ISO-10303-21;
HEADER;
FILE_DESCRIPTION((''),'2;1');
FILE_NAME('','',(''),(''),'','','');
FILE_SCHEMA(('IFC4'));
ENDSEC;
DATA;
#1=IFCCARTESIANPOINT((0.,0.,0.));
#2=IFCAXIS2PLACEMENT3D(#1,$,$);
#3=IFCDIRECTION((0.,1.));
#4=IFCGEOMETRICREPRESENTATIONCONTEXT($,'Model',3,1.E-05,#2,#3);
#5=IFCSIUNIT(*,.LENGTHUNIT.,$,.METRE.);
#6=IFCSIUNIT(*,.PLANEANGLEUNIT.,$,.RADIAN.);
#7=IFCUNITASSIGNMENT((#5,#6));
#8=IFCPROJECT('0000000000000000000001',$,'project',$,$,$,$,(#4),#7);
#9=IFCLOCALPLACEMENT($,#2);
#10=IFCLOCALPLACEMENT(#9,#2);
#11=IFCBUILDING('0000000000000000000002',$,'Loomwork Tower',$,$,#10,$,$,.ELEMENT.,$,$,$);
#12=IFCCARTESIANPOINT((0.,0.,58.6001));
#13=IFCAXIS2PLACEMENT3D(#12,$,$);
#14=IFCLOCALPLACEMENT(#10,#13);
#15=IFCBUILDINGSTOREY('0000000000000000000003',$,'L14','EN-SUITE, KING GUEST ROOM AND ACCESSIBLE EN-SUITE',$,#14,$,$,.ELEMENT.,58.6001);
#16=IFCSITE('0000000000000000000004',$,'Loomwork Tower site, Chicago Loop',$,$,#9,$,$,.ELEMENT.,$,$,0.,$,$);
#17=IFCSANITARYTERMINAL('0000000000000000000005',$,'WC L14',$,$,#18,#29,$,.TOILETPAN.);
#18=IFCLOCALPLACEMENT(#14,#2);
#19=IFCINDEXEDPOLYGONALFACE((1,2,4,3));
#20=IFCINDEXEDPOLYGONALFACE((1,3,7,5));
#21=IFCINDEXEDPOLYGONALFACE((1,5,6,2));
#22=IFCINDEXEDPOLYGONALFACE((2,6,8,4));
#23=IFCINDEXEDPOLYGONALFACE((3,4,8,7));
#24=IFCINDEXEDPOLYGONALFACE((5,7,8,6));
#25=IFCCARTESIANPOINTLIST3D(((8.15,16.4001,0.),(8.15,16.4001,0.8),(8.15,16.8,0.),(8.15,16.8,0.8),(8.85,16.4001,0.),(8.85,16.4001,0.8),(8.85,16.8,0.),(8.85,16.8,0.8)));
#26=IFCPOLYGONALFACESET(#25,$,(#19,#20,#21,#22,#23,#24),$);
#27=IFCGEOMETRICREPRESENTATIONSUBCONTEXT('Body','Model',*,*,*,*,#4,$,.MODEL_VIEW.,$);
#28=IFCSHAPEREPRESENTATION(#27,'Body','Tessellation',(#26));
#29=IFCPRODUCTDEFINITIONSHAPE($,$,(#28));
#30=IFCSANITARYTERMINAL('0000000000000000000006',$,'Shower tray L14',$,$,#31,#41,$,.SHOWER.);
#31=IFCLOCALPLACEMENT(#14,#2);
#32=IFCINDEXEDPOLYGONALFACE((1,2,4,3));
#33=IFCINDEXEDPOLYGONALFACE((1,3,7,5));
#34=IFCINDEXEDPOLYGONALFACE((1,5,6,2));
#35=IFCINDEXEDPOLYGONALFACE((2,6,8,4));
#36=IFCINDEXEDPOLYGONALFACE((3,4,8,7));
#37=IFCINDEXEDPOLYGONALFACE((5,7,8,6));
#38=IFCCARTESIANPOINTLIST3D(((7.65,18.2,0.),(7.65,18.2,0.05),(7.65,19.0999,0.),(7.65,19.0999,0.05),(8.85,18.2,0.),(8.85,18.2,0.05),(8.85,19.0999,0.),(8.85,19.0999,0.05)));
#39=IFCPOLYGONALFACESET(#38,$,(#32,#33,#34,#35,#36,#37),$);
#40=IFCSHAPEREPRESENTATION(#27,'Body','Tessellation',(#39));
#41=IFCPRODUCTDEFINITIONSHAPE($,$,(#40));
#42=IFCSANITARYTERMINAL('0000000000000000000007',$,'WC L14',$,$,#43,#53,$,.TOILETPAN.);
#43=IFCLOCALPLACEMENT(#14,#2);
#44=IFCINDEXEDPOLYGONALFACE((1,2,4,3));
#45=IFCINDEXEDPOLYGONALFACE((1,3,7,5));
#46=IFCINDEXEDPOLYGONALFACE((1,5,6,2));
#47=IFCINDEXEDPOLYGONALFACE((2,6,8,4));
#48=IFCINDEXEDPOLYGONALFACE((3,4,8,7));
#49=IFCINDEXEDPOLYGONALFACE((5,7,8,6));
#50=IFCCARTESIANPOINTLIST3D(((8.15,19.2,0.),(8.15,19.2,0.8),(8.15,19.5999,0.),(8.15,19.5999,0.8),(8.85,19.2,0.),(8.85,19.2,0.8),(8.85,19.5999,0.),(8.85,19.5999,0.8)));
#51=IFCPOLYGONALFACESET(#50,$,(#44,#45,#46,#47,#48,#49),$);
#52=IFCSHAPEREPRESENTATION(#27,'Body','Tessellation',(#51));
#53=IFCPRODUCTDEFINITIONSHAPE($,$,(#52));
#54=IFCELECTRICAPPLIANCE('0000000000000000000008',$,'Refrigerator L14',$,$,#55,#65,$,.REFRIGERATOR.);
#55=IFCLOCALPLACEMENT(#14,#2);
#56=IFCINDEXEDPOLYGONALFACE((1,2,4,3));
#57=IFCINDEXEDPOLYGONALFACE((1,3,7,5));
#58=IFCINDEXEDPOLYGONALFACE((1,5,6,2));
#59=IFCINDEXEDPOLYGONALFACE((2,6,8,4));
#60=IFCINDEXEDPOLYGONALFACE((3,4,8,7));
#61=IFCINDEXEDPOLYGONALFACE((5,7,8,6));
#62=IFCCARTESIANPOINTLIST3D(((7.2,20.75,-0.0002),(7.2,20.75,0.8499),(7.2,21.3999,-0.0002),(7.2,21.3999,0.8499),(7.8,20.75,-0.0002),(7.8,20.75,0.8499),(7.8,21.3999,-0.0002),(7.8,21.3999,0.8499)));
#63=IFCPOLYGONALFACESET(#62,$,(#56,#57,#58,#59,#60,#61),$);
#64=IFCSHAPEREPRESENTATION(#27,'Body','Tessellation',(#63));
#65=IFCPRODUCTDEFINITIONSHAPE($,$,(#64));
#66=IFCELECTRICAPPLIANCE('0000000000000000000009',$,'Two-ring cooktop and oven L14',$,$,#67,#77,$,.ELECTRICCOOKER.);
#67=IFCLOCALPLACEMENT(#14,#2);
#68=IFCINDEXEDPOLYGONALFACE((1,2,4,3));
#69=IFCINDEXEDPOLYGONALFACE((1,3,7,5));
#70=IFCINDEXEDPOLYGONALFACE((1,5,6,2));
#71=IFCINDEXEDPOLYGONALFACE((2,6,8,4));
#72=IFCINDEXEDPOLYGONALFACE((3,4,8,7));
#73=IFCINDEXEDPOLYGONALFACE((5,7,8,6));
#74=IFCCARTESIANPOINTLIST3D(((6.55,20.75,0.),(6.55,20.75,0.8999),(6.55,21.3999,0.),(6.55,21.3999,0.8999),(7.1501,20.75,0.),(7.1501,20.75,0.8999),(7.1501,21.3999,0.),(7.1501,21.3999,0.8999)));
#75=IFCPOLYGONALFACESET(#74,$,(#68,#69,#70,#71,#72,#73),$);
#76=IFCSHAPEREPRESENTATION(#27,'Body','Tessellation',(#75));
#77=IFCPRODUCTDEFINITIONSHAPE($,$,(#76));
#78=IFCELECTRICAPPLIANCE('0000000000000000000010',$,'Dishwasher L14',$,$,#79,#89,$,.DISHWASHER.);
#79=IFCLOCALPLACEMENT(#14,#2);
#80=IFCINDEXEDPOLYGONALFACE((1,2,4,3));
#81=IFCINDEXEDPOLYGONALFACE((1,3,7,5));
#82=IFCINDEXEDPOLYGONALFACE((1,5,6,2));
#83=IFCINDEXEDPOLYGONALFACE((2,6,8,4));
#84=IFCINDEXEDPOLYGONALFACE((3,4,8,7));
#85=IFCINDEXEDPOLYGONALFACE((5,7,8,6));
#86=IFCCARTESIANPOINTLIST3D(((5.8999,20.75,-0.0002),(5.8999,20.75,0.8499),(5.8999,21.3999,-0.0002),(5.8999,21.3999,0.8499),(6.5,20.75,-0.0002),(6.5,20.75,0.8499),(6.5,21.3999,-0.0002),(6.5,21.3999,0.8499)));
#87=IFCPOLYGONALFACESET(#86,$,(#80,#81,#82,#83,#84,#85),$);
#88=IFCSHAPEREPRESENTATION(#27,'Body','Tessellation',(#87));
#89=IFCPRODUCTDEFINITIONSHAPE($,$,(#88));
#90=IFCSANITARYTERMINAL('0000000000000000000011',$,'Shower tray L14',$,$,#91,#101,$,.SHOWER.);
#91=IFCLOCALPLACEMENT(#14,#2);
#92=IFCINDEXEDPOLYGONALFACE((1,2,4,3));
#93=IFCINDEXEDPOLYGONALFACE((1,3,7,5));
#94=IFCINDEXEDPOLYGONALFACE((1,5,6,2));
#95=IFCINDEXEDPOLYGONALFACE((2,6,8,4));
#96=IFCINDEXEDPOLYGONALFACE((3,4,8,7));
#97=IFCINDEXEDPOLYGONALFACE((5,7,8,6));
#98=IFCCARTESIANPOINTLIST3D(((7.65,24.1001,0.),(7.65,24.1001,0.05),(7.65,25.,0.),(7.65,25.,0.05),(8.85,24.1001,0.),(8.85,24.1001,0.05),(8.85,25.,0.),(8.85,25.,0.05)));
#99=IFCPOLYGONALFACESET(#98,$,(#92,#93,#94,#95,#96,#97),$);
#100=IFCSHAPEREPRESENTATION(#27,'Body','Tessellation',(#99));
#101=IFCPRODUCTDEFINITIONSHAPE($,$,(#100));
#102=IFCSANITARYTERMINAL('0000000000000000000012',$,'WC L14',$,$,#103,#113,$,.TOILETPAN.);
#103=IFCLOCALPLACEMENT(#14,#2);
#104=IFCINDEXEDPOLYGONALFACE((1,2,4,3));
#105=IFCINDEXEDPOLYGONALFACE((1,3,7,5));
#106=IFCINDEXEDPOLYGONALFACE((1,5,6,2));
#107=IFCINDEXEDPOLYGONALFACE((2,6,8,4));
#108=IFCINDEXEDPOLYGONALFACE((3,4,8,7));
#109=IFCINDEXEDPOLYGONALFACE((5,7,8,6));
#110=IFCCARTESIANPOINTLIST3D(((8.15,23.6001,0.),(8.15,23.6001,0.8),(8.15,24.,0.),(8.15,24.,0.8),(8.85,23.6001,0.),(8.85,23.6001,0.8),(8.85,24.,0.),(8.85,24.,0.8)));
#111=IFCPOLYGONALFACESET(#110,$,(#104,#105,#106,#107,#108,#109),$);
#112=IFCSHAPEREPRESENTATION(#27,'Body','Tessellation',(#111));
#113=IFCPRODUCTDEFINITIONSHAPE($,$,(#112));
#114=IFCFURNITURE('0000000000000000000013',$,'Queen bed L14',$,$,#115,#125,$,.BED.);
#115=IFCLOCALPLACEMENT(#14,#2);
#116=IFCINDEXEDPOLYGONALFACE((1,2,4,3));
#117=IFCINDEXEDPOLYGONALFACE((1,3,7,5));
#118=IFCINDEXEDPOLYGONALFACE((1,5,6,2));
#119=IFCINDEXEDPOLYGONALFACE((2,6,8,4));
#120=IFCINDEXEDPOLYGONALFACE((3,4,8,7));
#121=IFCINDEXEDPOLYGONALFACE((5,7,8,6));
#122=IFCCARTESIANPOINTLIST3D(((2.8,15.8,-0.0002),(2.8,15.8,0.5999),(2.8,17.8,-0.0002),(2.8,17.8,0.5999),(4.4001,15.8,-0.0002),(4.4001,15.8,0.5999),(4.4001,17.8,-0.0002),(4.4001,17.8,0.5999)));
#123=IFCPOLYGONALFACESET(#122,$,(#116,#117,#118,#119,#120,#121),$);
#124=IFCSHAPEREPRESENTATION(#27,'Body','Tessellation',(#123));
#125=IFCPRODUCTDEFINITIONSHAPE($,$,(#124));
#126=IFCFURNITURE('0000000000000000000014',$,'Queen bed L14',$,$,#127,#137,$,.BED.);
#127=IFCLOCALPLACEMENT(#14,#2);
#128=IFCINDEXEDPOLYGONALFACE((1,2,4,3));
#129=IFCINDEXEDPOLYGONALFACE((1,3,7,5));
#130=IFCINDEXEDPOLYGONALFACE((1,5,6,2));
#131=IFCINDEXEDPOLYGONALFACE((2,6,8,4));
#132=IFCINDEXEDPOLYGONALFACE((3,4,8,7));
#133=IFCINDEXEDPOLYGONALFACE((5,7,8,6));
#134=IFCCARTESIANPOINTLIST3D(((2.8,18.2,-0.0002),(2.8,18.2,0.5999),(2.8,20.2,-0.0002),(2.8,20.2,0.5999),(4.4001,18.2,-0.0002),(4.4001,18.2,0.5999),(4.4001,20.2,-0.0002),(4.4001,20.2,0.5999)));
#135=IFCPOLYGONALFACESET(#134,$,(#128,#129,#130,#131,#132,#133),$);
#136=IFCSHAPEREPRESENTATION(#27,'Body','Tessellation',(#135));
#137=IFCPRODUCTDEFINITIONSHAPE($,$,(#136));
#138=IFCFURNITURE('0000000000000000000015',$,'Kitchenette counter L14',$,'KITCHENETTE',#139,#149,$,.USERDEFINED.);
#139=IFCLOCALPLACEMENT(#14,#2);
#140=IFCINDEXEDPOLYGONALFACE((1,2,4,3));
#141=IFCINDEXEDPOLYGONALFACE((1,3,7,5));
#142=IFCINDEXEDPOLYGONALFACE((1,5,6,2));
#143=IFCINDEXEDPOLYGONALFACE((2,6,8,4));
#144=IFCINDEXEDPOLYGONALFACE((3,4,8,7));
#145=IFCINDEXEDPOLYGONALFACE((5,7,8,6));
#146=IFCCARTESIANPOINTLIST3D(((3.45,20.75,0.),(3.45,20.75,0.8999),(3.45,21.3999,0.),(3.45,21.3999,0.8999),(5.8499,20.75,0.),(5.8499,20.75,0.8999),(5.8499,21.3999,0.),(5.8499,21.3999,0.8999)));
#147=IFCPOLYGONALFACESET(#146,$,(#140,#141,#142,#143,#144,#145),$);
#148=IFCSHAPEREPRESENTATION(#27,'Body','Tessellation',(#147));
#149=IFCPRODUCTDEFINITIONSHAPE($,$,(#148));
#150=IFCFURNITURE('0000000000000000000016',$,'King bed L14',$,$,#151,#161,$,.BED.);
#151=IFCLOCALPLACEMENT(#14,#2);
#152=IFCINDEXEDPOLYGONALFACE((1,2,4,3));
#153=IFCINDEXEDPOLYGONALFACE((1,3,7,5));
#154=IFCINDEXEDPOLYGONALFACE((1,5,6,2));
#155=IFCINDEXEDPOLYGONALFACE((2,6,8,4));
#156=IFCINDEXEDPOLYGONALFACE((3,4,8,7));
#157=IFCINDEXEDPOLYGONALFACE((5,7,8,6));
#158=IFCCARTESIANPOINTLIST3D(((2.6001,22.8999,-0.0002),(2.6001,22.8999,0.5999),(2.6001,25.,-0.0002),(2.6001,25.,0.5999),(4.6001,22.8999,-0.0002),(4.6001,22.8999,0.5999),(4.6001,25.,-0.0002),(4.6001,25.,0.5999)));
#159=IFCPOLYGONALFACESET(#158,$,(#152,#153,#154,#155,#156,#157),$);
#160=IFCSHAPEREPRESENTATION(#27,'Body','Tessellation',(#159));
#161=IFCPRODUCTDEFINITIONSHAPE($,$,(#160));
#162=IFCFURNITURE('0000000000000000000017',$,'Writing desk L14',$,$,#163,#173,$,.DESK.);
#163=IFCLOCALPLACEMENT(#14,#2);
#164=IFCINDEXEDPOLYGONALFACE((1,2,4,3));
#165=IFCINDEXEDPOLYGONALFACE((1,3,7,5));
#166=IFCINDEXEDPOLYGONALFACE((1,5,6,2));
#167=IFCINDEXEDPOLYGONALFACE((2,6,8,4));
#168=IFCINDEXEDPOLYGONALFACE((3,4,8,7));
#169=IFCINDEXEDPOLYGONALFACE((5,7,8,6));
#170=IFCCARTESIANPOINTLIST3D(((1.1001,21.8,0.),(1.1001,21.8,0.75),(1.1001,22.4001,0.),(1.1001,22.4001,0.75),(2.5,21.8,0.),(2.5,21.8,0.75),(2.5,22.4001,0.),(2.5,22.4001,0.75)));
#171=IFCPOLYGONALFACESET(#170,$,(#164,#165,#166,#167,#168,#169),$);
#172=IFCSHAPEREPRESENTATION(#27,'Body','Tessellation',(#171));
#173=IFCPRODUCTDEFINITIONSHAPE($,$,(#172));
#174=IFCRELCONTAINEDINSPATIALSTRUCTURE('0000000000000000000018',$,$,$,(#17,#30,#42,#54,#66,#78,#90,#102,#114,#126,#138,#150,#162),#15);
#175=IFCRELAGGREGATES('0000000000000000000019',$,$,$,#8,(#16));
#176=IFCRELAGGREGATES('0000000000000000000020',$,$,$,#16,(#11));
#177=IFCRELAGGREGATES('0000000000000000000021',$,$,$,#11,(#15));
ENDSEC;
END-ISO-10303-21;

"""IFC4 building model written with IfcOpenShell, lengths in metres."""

from ifc_helpers import new_model, si_unit, direction, frame, origin, origin_2d, place, context, subcontext, project, spatial, rectangle, extrude, element, save


model = new_model("IFC4")

# Units and contexts
model_context = context("Model", 3, precision=1e-05, world=origin(), true_north=direction((0.0, 1.0)))
body_context = subcontext(model_context, "Body", "Model", "MODEL_VIEW")
ifc_project = project(units=[si_unit("LENGTHUNIT", "METRE"), si_unit("PLANEANGLEUNIT", "RADIAN")], contexts=[model_context])

# Site, building, storey
site_placement = place(None, origin())
site = spatial("IfcSite", under=ifc_project, at=site_placement, Name="Loomwork Tower site, Chicago Loop", CompositionType="ELEMENT", RefElevation=0.0)
building_placement = place(site_placement, origin())
building = spatial("IfcBuilding", under=site, at=building_placement, Name="Loomwork Tower", CompositionType="ELEMENT")
storey_placement = place(building_placement, frame((0.0, 0.0, 58.6001)))
storey = spatial("IfcBuildingStorey", under=building, at=storey_placement, Name="L14", Description="EN-SUITE, KING GUEST ROOM AND ACCESSIBLE EN-SUITE", CompositionType="ELEMENT", Elevation=58.6001)

# Sanitary terminals
sanitary_terminal_1_placement = place(storey_placement, frame((8.5, 16.6001, 0.0), z_axis=(0.0, 0.0, 1.0), x_axis=(1.0, 0.0, 0.0)))
element("IfcSanitaryTerminal", 1, at=sanitary_terminal_1_placement, inside=storey, Name="WC L14", PredefinedType="TOILETPAN", context=body_context, shape_type="SweptSolid", body=[
    extrude(rectangle(XDim=0.7, YDim=0.3999, at=origin_2d()), origin(), (0.0, 0.0, 1.0), 0.8),
])
sanitary_terminal_2_placement = place(storey_placement, frame((8.25, 18.6499, 0.0), z_axis=(0.0, 0.0, 1.0), x_axis=(1.0, 0.0, 0.0)))
element("IfcSanitaryTerminal", 2, at=sanitary_terminal_2_placement, inside=storey, Name="Shower tray L14", PredefinedType="SHOWER", context=body_context, shape_type="SweptSolid", body=[
    extrude(rectangle(XDim=1.2, YDim=0.8999, at=origin_2d()), origin(), (0.0, 0.0, 1.0), 0.05),
])
sanitary_terminal_3_placement = place(storey_placement, frame((8.5, 19.3999, 0.0), z_axis=(0.0, 0.0, 1.0), x_axis=(1.0, 0.0, 0.0)))
element("IfcSanitaryTerminal", 3, at=sanitary_terminal_3_placement, inside=storey, Name="WC L14", PredefinedType="TOILETPAN", context=body_context, shape_type="SweptSolid", body=[
    extrude(rectangle(XDim=0.7, YDim=0.3999, at=origin_2d()), origin(), (0.0, 0.0, 1.0), 0.8),
])

# Electric appliances
electric_appliance_1_placement = place(storey_placement, frame((7.5, 21.075, -0.0002), z_axis=(0.0, 0.0, 1.0), x_axis=(1.0, 0.0, 0.0)))
element("IfcElectricAppliance", 4, at=electric_appliance_1_placement, inside=storey, Name="Refrigerator L14", PredefinedType="REFRIGERATOR", context=body_context, shape_type="SweptSolid", body=[
    extrude(rectangle(XDim=0.6001, YDim=0.6499, at=origin_2d()), origin(), (0.0, 0.0, 1.0), 0.8501),
])
electric_appliance_2_placement = place(storey_placement, frame((6.8501, 21.075, 0.0), z_axis=(0.0, 0.0, 1.0), x_axis=(1.0, 0.0, 0.0)))
element("IfcElectricAppliance", 5, at=electric_appliance_2_placement, inside=storey, Name="Two-ring cooktop and oven L14", PredefinedType="ELECTRICCOOKER", context=body_context, shape_type="SweptSolid", body=[
    extrude(rectangle(XDim=0.6001, YDim=0.6499, at=origin_2d()), origin(), (0.0, 0.0, 1.0), 0.8999),
])
electric_appliance_3_placement = place(storey_placement, frame((6.2, 21.075, -0.0002), z_axis=(0.0, 0.0, 1.0), x_axis=(1.0, 0.0, 0.0)))
element("IfcElectricAppliance", 6, at=electric_appliance_3_placement, inside=storey, Name="Dishwasher L14", PredefinedType="DISHWASHER", context=body_context, shape_type="SweptSolid", body=[
    extrude(rectangle(XDim=0.6001, YDim=0.6499, at=origin_2d()), origin(), (0.0, 0.0, 1.0), 0.8501),
])

# Sanitary terminals
sanitary_terminal_4_placement = place(storey_placement, frame((8.25, 24.55, 0.0), z_axis=(0.0, 0.0, 1.0), x_axis=(1.0, 0.0, 0.0)))
element("IfcSanitaryTerminal", 7, at=sanitary_terminal_4_placement, inside=storey, Name="Shower tray L14", PredefinedType="SHOWER", context=body_context, shape_type="SweptSolid", body=[
    extrude(rectangle(XDim=1.2, YDim=0.8999, at=origin_2d()), origin(), (0.0, 0.0, 1.0), 0.05),
])
sanitary_terminal_5_placement = place(storey_placement, frame((8.5, 23.8, 0.0), z_axis=(0.0, 0.0, 1.0), x_axis=(1.0, 0.0, 0.0)))
element("IfcSanitaryTerminal", 8, at=sanitary_terminal_5_placement, inside=storey, Name="WC L14", PredefinedType="TOILETPAN", context=body_context, shape_type="SweptSolid", body=[
    extrude(rectangle(XDim=0.7, YDim=0.3999, at=origin_2d()), origin(), (0.0, 0.0, 1.0), 0.8),
])

# Furniture
for number, where, z_axis, x_axis, name in (
    (9, (3.6001, 16.8, -0.0002), (0.0, 0.0, 1.0), (1.0, 0.0, 0.0), "Queen bed L14"),
    (10, (3.6001, 19.2, -0.0002), (0.0, 0.0, 1.0), (1.0, 0.0, 0.0), "Queen bed L14"),
):
    element("IfcFurniture", number, at=place(storey_placement, frame(where, z_axis=z_axis, x_axis=x_axis)), inside=storey, Name=name, PredefinedType="BED", context=body_context, shape_type="SweptSolid", body=[
        extrude(rectangle(XDim=1.6001, YDim=2.0, at=origin_2d()), origin(), (0.0, 0.0, 1.0), 0.6001),
    ])
furniture_1_placement = place(storey_placement, frame((4.6499, 21.075, 0.0), z_axis=(0.0, 0.0, 1.0), x_axis=(1.0, 0.0, 0.0)))
element("IfcFurniture", 11, at=furniture_1_placement, inside=storey, Name="Kitchenette counter L14", ObjectType="KITCHENETTE", PredefinedType="USERDEFINED", context=body_context, shape_type="SweptSolid", body=[
    extrude(rectangle(XDim=2.3999, YDim=0.6499, at=origin_2d()), origin(), (0.0, 0.0, 1.0), 0.8999),
])
furniture_2_placement = place(storey_placement, frame((3.6001, 23.95, -0.0002), z_axis=(0.0, 0.0, 1.0), x_axis=(1.0, 0.0, 0.0)))
element("IfcFurniture", 12, at=furniture_2_placement, inside=storey, Name="King bed L14", PredefinedType="BED", context=body_context, shape_type="SweptSolid", body=[
    extrude(rectangle(XDim=2.0, YDim=2.1001, at=origin_2d()), origin(), (0.0, 0.0, 1.0), 0.6001),
])
furniture_3_placement = place(storey_placement, frame((1.8, 22.1001, 0.0), z_axis=(0.0, 0.0, 1.0), x_axis=(1.0, 0.0, 0.0)))
element("IfcFurniture", 13, at=furniture_3_placement, inside=storey, Name="Writing desk L14", PredefinedType="DESK", context=body_context, shape_type="SweptSolid", body=[
    extrude(rectangle(XDim=1.3999, YDim=0.6001, at=origin_2d()), origin(), (0.0, 0.0, 1.0), 0.75),
])

save(model, "model.ifc")
